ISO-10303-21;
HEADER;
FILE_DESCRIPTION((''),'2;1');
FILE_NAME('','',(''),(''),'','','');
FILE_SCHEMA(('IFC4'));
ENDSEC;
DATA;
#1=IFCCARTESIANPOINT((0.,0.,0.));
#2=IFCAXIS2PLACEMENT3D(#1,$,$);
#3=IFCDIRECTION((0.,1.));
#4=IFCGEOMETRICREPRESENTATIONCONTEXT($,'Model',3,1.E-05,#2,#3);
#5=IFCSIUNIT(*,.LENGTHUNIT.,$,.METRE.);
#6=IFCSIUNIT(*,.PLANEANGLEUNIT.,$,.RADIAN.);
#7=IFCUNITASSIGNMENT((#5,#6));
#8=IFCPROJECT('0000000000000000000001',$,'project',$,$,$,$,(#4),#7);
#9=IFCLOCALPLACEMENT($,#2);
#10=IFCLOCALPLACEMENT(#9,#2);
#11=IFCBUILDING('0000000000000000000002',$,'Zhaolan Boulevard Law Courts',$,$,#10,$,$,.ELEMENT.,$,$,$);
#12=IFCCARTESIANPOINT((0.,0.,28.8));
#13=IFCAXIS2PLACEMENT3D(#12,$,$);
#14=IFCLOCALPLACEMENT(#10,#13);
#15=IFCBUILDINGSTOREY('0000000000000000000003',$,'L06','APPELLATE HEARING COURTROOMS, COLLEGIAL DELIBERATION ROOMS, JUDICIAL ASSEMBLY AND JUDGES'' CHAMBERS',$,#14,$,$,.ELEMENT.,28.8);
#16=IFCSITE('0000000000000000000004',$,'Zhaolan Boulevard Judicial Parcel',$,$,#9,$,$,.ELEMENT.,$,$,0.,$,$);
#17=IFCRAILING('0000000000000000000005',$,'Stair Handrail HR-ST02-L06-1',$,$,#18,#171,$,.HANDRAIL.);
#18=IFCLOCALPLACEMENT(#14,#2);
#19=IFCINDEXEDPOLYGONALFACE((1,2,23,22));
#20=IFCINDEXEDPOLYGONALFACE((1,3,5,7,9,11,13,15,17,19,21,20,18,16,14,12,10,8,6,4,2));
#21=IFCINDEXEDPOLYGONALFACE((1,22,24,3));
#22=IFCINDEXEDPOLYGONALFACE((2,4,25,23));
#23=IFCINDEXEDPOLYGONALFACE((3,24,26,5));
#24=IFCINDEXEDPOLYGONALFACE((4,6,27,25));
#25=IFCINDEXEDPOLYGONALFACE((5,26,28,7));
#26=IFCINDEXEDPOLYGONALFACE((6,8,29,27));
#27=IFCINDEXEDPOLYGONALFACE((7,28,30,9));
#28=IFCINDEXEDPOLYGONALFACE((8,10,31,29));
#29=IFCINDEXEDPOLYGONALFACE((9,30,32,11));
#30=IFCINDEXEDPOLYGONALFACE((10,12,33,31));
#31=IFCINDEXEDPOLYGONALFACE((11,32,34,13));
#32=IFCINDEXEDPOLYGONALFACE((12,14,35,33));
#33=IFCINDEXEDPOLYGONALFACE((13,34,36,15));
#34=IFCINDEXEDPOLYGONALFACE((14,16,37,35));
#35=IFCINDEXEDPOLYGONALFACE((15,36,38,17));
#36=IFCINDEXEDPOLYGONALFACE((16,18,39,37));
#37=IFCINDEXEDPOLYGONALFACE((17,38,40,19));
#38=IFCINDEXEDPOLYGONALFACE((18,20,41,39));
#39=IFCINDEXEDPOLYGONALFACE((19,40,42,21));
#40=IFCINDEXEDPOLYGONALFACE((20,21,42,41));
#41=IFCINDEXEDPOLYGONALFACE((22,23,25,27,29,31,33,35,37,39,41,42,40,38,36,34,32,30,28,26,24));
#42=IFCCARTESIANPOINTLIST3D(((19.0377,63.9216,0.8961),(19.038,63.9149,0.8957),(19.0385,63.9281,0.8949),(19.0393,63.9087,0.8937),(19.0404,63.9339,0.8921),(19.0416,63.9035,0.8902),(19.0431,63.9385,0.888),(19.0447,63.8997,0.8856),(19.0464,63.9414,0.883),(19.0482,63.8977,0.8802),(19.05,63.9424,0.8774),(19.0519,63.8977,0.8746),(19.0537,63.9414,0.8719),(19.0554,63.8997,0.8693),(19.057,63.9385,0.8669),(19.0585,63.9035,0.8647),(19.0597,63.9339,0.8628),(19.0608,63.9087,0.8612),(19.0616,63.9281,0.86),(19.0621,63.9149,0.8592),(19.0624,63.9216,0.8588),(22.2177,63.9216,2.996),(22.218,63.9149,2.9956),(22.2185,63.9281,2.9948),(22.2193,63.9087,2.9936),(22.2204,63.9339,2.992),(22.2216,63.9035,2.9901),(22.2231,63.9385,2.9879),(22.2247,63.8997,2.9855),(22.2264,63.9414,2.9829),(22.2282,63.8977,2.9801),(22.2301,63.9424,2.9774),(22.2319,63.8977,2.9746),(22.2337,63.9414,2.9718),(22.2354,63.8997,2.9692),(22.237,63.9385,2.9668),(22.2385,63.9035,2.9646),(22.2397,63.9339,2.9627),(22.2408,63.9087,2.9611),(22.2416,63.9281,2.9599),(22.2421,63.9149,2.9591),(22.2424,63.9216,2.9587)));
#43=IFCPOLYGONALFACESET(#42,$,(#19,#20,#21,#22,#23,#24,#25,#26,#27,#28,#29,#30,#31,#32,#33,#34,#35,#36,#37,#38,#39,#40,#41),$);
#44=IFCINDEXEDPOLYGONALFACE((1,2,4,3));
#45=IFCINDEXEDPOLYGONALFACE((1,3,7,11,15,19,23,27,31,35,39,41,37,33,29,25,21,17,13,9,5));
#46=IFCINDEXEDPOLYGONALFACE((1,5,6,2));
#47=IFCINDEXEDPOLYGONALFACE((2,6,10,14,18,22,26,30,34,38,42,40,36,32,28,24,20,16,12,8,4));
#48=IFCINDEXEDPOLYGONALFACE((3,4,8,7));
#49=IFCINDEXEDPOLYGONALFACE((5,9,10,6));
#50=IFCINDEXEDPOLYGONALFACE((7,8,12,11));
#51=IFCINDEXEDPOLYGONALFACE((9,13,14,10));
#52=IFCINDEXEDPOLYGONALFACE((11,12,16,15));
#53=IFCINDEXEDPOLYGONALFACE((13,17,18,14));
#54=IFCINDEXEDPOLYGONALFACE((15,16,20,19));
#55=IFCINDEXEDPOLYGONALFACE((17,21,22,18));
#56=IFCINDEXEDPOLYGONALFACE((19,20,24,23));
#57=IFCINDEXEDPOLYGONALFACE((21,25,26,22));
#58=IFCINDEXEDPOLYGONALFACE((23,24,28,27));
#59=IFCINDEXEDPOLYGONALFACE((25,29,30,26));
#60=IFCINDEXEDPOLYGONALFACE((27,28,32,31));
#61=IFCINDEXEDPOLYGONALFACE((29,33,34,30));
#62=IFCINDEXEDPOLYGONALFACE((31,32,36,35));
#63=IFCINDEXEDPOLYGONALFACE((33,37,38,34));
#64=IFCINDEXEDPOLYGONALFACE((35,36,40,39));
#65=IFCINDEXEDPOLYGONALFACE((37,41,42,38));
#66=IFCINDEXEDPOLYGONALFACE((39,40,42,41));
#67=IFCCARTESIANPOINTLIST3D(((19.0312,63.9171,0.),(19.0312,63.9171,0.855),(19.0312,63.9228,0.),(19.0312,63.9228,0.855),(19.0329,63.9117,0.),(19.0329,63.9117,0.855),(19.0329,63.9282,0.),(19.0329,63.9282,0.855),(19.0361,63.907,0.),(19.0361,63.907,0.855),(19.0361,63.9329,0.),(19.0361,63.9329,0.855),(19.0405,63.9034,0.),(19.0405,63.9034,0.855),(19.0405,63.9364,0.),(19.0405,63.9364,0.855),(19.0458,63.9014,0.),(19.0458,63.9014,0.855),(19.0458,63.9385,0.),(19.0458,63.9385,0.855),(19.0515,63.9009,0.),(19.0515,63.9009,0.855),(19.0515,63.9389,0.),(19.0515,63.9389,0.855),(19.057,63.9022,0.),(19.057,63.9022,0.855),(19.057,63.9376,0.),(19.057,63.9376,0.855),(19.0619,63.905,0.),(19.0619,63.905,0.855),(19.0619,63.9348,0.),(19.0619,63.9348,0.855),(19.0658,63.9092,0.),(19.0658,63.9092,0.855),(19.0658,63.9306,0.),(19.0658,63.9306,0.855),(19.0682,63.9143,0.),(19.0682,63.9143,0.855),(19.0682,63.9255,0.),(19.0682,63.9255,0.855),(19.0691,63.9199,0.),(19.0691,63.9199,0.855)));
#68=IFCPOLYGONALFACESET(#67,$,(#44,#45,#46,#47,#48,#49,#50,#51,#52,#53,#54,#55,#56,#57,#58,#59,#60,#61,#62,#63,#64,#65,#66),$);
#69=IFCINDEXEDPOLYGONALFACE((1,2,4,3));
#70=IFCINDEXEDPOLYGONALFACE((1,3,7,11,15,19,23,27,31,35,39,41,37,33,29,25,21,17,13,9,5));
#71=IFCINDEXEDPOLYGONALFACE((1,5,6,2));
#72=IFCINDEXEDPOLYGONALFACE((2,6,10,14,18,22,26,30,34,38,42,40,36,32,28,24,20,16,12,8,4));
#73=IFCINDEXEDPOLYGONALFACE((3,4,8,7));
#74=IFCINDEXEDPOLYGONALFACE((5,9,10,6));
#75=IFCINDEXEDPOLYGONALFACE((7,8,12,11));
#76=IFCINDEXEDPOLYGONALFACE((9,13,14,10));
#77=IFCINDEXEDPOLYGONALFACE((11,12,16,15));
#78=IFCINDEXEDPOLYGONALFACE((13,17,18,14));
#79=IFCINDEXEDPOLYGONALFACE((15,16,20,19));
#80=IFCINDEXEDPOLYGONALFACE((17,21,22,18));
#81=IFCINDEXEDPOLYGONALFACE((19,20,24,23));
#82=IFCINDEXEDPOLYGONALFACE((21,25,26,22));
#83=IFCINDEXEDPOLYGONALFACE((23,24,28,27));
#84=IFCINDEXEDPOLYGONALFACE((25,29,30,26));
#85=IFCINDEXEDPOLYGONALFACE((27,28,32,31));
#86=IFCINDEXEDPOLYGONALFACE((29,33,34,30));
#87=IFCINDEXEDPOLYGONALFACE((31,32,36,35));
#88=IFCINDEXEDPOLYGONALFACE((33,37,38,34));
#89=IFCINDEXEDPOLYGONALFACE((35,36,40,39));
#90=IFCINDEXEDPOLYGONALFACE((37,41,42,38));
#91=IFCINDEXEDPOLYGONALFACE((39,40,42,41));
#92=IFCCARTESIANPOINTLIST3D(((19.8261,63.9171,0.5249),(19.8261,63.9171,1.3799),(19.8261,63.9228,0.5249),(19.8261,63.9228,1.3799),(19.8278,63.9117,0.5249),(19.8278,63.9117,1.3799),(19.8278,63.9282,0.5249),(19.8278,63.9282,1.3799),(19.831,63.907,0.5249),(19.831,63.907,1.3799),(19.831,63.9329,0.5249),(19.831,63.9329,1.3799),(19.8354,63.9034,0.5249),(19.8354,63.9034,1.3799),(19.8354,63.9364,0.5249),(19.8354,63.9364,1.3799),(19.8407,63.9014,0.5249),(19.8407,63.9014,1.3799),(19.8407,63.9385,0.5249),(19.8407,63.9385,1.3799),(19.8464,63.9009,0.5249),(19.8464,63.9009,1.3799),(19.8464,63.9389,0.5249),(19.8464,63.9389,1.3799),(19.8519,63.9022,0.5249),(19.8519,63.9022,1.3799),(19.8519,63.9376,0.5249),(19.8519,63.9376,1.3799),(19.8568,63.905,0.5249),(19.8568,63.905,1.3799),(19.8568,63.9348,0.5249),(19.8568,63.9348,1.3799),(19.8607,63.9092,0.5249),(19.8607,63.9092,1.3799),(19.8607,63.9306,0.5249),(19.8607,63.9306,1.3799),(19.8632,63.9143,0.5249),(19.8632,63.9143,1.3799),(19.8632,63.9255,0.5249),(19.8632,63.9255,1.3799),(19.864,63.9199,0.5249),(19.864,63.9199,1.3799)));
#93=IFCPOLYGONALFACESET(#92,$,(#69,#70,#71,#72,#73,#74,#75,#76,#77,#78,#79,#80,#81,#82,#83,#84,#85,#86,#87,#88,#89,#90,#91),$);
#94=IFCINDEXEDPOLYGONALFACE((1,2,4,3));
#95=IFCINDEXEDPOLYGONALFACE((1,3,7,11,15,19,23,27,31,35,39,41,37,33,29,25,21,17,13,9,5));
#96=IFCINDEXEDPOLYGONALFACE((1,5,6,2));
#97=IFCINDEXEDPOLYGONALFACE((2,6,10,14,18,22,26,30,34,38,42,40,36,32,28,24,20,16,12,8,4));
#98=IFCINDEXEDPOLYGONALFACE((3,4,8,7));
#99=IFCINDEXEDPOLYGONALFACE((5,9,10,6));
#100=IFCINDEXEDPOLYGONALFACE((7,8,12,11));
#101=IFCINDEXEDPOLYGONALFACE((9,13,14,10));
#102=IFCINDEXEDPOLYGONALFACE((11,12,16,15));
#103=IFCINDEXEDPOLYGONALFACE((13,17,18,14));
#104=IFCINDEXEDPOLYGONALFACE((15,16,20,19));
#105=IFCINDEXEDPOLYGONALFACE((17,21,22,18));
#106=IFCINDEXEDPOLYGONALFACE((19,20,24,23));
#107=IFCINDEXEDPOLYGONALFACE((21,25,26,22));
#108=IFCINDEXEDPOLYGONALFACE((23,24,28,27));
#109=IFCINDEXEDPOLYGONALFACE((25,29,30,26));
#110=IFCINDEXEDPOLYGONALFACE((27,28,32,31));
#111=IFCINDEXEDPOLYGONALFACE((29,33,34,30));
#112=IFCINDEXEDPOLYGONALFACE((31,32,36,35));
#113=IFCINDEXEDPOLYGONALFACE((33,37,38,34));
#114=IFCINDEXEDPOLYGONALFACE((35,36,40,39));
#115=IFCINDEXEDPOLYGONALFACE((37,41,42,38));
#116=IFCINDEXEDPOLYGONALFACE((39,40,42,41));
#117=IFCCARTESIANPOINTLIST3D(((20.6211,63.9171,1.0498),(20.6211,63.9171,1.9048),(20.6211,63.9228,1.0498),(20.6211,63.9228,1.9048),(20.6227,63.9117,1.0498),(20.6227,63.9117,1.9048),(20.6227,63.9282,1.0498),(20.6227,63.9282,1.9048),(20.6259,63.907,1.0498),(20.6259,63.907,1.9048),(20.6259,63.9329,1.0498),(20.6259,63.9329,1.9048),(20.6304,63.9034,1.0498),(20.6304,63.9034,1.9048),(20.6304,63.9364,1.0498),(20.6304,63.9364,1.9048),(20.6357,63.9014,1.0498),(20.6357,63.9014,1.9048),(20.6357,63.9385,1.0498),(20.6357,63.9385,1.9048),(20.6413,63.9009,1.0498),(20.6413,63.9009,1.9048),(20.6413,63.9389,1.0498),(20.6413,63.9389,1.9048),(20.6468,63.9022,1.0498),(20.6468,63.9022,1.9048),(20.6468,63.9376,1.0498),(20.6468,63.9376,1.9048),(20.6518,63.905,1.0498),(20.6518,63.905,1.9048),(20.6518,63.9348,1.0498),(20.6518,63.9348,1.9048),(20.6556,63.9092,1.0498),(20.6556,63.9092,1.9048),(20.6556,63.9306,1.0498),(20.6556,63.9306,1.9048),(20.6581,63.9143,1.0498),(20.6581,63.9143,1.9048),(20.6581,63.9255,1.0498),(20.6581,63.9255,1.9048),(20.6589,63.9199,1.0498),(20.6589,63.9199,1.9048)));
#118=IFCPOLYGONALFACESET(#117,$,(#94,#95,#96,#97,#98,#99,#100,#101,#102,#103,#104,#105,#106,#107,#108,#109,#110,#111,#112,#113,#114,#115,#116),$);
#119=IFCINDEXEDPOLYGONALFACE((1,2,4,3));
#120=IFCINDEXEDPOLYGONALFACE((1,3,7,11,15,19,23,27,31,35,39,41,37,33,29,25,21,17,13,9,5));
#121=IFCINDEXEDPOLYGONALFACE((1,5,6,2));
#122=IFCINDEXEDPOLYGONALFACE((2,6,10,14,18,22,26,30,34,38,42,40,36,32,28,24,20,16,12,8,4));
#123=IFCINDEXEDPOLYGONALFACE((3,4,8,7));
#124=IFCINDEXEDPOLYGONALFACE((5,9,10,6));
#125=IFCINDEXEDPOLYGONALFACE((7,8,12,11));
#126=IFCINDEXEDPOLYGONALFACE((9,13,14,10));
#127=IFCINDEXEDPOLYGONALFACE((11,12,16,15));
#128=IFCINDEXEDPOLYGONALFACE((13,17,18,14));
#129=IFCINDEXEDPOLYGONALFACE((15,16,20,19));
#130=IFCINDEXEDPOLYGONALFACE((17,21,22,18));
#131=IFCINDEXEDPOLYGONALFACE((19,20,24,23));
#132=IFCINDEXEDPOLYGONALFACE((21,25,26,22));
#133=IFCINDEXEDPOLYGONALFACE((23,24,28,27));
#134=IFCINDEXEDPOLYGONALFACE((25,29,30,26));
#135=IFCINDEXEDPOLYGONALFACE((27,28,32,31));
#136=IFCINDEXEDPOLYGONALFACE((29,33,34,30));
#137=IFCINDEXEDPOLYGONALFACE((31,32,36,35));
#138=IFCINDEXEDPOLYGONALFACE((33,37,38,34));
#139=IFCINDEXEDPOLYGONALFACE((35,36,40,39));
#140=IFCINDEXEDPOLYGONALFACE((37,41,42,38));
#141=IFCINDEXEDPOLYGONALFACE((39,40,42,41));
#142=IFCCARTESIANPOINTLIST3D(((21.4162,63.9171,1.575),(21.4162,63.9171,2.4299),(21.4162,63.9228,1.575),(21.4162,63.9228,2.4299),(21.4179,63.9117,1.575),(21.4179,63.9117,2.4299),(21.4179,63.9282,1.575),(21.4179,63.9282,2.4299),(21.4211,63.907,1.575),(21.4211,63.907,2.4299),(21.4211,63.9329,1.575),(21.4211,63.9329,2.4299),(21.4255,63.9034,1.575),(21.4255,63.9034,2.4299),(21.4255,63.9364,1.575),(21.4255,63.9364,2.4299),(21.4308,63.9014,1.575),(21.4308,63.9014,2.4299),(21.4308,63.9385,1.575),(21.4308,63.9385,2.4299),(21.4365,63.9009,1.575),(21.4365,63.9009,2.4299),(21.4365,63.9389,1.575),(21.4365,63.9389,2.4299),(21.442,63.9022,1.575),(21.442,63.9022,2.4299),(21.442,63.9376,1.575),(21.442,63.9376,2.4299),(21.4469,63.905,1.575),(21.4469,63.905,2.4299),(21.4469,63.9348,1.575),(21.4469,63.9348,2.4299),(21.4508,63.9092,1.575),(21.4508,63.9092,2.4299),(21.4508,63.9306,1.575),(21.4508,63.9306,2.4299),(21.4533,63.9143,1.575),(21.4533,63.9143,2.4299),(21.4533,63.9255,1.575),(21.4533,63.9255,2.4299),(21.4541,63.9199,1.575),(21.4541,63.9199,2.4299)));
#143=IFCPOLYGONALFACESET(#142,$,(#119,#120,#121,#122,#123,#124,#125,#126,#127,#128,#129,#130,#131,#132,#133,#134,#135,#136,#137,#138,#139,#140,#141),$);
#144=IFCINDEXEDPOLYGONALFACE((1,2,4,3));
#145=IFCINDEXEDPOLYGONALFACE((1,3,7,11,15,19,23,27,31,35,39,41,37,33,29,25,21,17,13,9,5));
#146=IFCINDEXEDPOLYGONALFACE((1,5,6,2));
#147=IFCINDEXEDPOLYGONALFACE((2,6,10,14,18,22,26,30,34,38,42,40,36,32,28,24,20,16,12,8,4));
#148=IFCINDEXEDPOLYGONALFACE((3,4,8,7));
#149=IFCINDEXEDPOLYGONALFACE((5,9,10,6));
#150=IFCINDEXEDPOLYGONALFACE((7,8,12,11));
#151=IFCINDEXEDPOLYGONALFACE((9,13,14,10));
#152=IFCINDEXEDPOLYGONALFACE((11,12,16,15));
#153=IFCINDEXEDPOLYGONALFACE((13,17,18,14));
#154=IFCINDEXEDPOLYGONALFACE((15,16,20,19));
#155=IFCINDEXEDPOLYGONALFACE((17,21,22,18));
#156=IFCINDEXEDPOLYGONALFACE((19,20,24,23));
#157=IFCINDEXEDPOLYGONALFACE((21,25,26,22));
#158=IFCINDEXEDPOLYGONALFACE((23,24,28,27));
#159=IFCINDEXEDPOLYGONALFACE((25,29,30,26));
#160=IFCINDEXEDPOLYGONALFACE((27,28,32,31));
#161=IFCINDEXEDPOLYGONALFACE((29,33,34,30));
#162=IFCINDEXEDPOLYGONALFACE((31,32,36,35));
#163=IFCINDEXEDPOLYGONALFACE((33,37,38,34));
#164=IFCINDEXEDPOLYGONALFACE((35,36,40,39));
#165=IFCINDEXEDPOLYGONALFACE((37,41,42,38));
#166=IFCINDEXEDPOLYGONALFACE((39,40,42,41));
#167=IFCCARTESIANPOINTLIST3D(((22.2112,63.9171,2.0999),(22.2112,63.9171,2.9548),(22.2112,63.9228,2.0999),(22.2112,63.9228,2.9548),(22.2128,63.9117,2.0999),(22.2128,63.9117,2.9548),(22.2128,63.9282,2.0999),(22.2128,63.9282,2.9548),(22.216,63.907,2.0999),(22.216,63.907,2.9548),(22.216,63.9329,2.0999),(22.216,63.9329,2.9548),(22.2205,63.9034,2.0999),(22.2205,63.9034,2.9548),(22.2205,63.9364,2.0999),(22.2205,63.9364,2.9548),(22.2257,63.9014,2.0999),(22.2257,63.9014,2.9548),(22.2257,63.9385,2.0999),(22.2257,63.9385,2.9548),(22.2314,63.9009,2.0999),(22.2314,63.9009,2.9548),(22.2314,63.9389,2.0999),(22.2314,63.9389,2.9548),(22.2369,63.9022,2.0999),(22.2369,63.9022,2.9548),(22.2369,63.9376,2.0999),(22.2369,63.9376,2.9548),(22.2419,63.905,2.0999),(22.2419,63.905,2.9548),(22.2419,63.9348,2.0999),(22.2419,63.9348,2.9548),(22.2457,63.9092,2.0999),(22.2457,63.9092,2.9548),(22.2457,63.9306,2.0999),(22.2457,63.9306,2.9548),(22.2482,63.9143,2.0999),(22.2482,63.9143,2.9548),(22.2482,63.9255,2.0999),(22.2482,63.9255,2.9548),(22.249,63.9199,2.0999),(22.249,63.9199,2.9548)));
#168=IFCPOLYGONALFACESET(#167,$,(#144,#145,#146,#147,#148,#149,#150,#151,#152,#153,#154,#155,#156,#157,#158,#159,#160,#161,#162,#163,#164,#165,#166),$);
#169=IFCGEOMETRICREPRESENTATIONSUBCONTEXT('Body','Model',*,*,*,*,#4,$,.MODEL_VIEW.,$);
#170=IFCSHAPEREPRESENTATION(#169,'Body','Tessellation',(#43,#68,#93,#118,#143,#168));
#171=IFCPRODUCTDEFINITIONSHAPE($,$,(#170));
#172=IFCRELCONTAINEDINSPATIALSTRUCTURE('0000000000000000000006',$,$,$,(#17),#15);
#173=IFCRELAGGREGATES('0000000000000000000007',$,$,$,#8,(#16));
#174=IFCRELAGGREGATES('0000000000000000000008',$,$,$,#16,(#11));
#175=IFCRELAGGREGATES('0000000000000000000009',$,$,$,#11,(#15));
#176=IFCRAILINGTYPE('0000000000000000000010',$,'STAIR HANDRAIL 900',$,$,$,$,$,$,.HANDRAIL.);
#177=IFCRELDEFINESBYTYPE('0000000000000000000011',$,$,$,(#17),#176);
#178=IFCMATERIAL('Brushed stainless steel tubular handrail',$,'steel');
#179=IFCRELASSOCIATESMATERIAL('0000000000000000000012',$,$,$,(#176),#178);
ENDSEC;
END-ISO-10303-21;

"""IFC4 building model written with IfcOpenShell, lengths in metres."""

from ifc_helpers import new_model, si_unit, direction, frame, origin, origin_2d, place, context, subcontext, project, spatial, circle, extrude, material, type_object, element, save


model = new_model("IFC4")

# Units and contexts
model_context = context("Model", 3, precision=1e-05, world=origin(), true_north=direction((0.0, 1.0)))
body_context = subcontext(model_context, "Body", "Model", "MODEL_VIEW")
ifc_project = project(units=[si_unit("LENGTHUNIT", "METRE"), si_unit("PLANEANGLEUNIT", "RADIAN")], contexts=[model_context])

# Site, building, storey
site_placement = place(None, origin())
site = spatial("IfcSite", under=ifc_project, at=site_placement, Name="Zhaolan Boulevard Judicial Parcel", CompositionType="ELEMENT", RefElevation=0.0)
building_placement = place(site_placement, origin())
building = spatial("IfcBuilding", under=site, at=building_placement, Name="Zhaolan Boulevard Law Courts", CompositionType="ELEMENT")
storey_placement = place(building_placement, frame((0.0, 0.0, 28.8)))
storey = spatial("IfcBuildingStorey", under=building, at=storey_placement, Name="L06", Description="APPELLATE HEARING COURTROOMS, COLLEGIAL DELIBERATION ROOMS, JUDICIAL ASSEMBLY AND JUDGES' CHAMBERS", CompositionType="ELEMENT", Elevation=28.8)

# Railing
ifc_material_1 = material(Name="Brushed stainless steel tubular handrail", Category="steel")
railing_type_1 = type_object("IfcRailingType", Name="STAIR HANDRAIL 900", PredefinedType="HANDRAIL", material=ifc_material_1)
railing_1_placement = place(storey_placement, frame((19.05, 63.9199, 0.0)))
element("IfcRailing", 1, at=railing_1_placement, inside=storey, type_object=railing_type_1, Name="Stair Handrail HR-ST02-L06-1", PredefinedType="HANDRAIL", context=body_context, shape_type="SweptSolid", body=[
    extrude(circle(Radius=0.0225, at=origin_2d()), frame((0.0, 0.0, 0.8774), z_axis=(0.834477, 0.0, 0.551043), x_axis=(0.0, 1.0, 0.0)), (0.0, 0.0, 1.0), 3.8108),
    extrude(circle(Radius=0.019, at=origin_2d()), origin(), (0.0, 0.0, 1.0), 0.855),
    extrude(circle(Radius=0.019, at=origin_2d()), frame((0.7949, 0.0, 0.5249)), (0.0, 0.0, 1.0), 0.855),
    extrude(circle(Radius=0.019, at=origin_2d()), frame((1.5898, 0.0, 1.0498)), (0.0, 0.0, 1.0), 0.855),
    extrude(circle(Radius=0.019, at=origin_2d()), frame((2.385, 0.0, 1.575)), (0.0, 0.0, 1.0), 0.855),
    extrude(circle(Radius=0.019, at=origin_2d()), frame((3.1799, 0.0, 2.0999)), (0.0, 0.0, 1.0), 0.855),
])

save(model, "model.ifc")
